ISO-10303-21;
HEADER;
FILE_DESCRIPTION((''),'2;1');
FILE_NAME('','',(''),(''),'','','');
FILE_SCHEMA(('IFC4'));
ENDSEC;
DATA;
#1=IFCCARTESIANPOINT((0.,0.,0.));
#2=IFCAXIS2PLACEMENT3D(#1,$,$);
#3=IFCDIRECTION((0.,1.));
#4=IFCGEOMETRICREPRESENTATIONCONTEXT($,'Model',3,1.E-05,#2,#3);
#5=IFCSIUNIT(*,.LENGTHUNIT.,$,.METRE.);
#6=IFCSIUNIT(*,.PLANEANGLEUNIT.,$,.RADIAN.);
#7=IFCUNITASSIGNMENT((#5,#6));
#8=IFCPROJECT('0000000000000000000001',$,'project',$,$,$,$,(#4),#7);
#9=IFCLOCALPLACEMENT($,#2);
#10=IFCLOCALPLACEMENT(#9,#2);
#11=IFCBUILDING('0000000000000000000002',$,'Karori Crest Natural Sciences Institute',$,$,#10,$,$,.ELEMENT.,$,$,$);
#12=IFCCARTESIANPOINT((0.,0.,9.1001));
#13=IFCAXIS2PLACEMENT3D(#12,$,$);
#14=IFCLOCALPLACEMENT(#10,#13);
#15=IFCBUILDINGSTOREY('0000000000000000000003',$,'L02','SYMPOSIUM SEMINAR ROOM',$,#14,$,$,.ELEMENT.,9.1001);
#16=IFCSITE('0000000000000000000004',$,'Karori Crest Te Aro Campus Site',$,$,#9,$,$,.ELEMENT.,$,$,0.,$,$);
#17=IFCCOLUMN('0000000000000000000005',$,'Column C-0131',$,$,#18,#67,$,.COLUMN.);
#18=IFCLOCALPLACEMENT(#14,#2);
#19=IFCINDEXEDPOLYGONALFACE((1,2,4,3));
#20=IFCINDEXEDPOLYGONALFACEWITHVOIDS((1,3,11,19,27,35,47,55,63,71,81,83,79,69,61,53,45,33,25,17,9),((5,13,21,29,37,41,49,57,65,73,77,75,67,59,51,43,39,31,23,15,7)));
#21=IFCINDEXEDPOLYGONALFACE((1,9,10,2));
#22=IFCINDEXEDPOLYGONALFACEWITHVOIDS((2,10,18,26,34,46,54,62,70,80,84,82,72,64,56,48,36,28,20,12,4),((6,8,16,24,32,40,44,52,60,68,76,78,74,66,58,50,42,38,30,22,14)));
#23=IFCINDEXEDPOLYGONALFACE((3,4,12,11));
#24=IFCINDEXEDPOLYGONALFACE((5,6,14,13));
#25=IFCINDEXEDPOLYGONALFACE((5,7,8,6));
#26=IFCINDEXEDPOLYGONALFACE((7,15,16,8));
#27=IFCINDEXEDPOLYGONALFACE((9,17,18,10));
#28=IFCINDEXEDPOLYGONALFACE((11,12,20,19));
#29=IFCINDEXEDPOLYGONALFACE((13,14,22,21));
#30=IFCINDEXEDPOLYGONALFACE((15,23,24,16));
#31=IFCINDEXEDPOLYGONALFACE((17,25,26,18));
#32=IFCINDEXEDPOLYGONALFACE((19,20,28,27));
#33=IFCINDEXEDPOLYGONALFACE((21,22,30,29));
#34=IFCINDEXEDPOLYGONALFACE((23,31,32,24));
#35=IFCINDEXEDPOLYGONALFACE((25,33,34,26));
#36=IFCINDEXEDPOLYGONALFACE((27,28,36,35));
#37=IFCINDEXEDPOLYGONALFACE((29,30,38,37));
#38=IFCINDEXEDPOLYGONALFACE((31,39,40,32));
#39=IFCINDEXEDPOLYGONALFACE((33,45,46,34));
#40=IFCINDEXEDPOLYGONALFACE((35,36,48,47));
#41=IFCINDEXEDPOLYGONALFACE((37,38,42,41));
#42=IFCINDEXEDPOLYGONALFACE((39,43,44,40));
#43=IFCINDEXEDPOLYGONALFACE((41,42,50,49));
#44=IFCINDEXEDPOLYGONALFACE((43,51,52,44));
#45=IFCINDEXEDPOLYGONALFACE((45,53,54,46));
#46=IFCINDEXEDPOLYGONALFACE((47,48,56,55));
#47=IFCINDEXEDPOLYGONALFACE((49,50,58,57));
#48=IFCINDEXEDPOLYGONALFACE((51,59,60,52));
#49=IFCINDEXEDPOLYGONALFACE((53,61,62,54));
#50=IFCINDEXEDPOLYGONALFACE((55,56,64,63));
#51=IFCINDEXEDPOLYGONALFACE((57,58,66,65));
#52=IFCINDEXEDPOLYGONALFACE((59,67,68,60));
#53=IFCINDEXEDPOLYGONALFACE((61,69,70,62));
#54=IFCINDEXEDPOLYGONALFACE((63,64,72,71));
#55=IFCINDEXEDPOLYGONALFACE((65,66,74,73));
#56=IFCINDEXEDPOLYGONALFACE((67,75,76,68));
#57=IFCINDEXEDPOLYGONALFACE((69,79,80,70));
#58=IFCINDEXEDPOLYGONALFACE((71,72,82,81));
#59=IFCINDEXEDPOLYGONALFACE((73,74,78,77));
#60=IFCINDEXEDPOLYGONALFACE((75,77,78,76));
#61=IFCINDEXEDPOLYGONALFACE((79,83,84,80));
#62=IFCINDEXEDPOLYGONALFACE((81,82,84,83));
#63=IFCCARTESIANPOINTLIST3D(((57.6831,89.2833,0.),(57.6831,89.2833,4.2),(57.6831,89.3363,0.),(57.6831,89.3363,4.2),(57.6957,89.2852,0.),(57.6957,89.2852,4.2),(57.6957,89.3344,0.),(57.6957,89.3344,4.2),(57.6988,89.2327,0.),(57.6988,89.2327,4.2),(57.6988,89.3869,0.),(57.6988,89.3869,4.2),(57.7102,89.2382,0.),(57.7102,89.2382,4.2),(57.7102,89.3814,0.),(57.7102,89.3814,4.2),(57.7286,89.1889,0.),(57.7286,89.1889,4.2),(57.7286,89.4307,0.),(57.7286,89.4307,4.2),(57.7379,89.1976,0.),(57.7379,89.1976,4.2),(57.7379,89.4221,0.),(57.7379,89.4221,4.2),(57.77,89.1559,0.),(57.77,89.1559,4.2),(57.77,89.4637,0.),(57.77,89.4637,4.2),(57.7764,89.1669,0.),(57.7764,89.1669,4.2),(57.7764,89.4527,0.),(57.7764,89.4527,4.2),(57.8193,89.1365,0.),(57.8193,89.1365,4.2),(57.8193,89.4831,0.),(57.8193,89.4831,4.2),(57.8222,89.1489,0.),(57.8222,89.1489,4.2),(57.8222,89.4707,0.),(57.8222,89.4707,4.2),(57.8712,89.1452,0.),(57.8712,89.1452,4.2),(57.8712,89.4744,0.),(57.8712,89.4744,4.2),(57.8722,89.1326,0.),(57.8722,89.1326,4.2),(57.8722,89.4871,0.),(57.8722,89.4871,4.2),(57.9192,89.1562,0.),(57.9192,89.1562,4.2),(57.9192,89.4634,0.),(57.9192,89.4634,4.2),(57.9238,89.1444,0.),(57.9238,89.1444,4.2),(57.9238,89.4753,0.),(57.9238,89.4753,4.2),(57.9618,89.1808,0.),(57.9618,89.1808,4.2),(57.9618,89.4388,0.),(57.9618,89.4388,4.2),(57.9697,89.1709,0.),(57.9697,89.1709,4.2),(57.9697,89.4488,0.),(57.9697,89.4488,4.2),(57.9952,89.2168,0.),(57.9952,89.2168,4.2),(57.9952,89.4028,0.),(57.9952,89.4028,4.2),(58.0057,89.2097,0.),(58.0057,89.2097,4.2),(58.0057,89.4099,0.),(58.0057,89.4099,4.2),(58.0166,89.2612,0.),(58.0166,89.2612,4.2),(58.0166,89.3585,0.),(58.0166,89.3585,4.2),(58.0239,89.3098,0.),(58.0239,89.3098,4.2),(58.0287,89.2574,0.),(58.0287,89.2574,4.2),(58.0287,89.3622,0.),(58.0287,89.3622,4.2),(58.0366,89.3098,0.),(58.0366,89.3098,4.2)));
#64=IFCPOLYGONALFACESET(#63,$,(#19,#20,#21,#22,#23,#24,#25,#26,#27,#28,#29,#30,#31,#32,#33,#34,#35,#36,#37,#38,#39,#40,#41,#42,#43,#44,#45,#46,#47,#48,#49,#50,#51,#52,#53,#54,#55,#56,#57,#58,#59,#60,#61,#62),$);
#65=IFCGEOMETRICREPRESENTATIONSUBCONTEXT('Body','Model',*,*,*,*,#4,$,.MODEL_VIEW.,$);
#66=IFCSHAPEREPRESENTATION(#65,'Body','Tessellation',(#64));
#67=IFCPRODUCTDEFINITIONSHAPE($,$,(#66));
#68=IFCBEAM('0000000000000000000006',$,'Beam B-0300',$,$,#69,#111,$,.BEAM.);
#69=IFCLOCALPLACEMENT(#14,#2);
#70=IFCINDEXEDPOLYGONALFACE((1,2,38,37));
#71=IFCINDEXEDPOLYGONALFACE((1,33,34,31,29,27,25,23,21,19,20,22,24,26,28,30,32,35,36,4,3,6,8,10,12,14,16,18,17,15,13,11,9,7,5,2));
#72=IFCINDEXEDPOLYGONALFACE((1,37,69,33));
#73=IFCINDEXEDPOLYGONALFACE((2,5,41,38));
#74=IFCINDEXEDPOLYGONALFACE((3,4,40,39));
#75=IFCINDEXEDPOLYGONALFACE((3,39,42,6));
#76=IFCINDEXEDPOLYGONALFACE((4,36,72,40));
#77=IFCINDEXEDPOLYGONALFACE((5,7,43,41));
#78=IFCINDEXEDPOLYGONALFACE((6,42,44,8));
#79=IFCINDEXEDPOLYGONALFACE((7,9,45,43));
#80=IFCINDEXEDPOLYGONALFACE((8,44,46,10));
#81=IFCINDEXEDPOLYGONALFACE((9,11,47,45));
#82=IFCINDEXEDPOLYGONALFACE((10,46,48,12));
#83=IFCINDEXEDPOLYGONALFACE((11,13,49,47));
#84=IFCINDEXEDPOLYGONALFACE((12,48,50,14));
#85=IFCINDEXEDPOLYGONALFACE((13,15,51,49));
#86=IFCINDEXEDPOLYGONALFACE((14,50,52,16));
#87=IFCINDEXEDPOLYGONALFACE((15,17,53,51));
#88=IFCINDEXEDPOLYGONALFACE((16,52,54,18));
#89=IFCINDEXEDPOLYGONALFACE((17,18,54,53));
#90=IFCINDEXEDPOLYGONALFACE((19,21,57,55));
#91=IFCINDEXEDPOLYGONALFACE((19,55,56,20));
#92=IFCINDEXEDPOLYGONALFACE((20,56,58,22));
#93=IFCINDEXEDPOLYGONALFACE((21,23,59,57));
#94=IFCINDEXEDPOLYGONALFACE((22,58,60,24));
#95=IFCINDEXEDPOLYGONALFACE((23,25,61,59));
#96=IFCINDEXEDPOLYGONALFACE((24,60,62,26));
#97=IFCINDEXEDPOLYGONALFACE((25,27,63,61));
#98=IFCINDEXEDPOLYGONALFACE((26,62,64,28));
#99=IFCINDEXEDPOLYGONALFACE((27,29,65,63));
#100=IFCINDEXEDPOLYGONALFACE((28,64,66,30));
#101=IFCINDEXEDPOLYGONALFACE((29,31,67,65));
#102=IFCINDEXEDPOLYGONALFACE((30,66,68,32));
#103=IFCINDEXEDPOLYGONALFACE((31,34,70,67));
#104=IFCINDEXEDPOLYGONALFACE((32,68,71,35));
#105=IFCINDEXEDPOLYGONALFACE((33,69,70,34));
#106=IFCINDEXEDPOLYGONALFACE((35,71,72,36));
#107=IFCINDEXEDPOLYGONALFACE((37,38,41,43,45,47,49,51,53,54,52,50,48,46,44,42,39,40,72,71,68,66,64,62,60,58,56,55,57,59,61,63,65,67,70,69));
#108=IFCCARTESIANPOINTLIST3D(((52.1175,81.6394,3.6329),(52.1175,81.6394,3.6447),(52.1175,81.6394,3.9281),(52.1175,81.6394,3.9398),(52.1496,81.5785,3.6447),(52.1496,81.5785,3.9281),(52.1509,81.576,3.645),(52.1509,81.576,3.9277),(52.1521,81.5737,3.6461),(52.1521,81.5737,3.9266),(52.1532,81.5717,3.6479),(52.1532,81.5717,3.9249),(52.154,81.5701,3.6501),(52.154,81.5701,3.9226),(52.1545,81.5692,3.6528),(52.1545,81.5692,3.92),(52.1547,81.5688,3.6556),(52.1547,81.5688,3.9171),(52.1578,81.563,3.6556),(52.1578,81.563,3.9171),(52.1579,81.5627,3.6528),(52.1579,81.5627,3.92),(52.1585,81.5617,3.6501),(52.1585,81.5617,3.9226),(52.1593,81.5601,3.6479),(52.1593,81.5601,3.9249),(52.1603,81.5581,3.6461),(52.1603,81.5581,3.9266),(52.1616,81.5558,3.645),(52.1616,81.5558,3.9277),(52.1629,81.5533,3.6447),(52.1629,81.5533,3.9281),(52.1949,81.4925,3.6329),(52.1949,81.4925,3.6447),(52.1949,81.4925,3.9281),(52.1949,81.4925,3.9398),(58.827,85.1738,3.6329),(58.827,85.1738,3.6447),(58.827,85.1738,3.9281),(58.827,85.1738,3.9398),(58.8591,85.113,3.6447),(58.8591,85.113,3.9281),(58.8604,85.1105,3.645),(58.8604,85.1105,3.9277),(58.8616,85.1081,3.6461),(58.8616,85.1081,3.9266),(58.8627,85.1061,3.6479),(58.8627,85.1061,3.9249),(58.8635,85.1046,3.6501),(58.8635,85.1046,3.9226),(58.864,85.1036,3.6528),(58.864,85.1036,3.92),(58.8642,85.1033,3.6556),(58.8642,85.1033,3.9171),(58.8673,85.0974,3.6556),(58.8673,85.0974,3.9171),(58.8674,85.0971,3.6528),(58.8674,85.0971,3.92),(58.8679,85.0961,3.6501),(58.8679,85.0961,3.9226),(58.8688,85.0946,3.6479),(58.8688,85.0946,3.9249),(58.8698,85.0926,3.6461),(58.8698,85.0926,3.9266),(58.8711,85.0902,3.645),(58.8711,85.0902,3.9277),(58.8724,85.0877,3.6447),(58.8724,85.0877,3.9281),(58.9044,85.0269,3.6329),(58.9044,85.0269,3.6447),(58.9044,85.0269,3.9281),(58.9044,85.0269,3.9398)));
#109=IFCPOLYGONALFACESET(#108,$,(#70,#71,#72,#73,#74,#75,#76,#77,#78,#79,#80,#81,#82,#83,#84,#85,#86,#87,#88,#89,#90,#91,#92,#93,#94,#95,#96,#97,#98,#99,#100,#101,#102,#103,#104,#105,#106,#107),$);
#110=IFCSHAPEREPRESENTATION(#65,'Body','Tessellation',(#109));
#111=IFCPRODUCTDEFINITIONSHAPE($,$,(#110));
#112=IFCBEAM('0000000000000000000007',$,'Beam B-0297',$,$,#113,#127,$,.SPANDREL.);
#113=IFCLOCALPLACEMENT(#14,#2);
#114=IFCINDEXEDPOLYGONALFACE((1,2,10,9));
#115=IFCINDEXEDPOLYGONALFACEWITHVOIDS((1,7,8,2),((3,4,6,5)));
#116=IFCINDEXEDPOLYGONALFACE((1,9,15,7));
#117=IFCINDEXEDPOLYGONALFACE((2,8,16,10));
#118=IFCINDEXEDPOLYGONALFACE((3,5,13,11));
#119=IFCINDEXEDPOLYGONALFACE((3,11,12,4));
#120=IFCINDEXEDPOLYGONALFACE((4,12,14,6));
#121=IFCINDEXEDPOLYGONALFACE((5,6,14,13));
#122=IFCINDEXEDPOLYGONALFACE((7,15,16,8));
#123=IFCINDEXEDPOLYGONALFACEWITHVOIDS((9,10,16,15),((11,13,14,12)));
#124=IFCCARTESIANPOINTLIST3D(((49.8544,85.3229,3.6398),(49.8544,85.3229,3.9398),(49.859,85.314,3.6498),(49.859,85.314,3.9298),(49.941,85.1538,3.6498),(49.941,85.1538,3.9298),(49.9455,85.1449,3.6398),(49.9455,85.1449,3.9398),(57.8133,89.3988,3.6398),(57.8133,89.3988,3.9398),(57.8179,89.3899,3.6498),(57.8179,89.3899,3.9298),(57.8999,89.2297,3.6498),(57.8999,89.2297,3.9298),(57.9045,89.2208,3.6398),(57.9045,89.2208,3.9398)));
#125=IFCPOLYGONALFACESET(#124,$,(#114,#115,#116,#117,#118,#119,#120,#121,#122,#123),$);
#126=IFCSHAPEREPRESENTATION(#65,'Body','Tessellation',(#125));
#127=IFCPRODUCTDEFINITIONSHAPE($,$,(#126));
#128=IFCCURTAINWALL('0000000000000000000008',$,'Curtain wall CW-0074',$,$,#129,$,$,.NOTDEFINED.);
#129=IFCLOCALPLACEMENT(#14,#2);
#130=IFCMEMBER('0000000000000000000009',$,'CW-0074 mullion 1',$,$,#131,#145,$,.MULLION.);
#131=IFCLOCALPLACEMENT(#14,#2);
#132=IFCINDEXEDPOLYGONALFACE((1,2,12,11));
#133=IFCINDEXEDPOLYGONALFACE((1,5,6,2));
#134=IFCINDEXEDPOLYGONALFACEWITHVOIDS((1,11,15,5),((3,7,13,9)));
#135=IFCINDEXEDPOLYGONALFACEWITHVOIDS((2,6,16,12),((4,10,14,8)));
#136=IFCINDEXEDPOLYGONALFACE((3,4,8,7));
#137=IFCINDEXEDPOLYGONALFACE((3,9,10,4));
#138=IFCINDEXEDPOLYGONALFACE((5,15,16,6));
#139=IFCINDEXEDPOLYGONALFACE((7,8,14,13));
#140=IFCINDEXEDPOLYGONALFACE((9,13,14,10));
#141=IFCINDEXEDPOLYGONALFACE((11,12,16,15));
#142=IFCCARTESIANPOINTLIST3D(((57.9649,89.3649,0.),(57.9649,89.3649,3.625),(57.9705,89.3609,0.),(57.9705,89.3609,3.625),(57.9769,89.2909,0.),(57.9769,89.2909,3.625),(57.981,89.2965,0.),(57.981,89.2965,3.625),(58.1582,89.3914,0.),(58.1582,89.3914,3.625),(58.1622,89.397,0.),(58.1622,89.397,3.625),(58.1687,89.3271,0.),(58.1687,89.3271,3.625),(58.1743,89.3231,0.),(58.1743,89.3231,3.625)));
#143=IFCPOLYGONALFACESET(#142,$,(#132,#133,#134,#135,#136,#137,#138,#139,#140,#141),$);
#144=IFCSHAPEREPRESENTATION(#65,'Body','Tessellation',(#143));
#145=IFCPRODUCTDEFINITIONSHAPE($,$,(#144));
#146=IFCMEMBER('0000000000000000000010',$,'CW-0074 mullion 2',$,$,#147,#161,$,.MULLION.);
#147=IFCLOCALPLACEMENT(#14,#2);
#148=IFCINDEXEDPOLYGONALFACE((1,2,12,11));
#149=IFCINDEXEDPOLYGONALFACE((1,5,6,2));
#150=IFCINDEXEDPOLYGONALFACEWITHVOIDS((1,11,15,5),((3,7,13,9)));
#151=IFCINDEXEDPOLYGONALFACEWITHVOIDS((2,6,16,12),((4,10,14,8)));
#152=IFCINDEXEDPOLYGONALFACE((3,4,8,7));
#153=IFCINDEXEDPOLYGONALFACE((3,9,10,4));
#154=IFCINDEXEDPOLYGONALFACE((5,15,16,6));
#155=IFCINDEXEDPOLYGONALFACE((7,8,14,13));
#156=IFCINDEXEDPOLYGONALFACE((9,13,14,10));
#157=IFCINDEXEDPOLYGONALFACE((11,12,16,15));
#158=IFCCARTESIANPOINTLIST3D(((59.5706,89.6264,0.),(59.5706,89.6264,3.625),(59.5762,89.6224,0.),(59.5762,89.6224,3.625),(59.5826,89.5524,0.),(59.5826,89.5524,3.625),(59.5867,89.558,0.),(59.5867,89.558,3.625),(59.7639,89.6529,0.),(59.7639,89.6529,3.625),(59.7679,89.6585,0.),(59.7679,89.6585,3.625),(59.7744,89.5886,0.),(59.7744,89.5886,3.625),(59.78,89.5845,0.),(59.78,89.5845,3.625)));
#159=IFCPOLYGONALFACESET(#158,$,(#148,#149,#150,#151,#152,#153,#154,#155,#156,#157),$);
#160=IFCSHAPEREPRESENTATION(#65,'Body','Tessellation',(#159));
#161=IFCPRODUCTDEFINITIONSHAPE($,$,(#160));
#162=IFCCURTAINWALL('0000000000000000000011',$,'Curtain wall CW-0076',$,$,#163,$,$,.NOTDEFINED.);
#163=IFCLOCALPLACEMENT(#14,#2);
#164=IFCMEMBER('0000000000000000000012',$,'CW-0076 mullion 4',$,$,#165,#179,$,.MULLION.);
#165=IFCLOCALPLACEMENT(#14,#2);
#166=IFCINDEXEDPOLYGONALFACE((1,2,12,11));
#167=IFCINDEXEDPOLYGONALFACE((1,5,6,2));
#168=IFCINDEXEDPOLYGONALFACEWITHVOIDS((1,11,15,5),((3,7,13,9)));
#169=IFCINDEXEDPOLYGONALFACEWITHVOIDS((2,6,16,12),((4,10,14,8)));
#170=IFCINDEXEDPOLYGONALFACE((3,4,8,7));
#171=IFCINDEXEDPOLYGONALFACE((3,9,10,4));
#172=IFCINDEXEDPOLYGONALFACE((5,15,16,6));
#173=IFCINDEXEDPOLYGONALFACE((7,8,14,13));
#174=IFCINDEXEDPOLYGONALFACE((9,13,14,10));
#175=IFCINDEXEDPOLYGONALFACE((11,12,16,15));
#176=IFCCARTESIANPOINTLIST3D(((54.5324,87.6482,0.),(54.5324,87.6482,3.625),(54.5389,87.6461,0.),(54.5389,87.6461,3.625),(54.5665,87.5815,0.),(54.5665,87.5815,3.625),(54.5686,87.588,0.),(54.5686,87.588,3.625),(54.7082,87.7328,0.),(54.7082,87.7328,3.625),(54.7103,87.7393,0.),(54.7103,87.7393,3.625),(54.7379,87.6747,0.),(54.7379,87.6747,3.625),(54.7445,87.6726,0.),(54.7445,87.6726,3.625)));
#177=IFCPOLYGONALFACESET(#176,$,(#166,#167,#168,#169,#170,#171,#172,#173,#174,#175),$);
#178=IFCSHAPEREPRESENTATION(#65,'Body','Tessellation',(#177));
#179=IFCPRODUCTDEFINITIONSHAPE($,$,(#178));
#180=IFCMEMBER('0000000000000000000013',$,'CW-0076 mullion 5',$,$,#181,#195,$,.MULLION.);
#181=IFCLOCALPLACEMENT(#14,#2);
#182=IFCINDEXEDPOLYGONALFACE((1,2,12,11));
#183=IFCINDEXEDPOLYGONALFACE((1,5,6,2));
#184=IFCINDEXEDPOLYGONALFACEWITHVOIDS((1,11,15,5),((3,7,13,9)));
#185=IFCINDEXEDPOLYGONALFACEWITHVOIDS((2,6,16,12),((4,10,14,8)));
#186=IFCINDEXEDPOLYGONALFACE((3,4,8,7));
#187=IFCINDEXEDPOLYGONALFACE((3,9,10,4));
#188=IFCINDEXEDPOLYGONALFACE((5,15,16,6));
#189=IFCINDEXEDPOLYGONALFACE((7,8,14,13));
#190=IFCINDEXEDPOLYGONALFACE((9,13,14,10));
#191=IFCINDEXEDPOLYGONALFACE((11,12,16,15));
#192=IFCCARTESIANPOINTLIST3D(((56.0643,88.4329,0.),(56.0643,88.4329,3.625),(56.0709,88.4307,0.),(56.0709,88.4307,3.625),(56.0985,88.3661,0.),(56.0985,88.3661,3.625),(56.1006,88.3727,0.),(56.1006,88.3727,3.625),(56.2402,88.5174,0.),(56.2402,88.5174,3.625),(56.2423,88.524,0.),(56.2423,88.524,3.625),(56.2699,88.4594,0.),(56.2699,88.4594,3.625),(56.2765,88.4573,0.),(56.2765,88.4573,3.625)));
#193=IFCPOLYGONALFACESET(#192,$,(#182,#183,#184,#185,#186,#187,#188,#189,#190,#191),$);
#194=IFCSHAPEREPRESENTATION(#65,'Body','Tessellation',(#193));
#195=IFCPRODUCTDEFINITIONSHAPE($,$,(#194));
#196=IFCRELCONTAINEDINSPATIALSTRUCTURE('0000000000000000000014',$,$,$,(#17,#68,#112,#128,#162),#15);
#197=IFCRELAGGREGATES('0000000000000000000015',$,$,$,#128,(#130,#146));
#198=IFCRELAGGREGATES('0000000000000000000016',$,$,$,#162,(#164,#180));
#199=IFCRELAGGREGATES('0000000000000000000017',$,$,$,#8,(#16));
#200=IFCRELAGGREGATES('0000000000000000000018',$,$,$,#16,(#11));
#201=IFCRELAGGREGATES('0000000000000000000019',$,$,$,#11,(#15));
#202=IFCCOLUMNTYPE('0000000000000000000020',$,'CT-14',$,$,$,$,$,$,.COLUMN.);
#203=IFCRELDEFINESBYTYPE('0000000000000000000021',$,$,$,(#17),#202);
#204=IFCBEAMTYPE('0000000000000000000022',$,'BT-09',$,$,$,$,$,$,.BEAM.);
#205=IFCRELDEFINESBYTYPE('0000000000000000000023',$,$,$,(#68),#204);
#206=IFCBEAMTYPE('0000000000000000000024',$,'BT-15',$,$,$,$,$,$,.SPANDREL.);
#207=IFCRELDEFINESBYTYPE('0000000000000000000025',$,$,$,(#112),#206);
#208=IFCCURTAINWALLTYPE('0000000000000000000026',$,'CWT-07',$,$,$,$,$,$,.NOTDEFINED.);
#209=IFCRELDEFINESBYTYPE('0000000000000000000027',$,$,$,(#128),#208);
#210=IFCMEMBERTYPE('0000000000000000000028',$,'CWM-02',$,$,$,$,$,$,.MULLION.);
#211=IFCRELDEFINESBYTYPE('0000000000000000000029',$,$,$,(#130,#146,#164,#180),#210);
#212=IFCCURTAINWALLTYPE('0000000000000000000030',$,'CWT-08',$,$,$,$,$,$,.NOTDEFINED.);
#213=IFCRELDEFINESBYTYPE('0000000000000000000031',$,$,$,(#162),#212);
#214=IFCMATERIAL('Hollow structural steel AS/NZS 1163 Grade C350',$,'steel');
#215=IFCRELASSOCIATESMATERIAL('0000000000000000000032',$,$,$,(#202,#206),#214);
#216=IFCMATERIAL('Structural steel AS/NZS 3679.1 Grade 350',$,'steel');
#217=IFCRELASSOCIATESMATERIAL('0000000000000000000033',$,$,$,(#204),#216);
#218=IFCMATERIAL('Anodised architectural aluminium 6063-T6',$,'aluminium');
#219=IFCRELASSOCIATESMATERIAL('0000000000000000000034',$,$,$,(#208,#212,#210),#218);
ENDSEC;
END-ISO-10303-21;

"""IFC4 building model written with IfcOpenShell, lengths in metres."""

from ifc_helpers import new_model, si_unit, direction, frame, origin, origin_2d, place, context, subcontext, project, spatial, hollow_rectangle, hollow_circle, i_section, extrude, material, material_profile, profile_set, type_object, element, aggregate, save


model = new_model("IFC4")

# Units and contexts
model_context = context("Model", 3, precision=1e-05, world=origin(), true_north=direction((0.0, 1.0)))
body_context = subcontext(model_context, "Body", "Model", "MODEL_VIEW")
ifc_project = project(units=[si_unit("LENGTHUNIT", "METRE"), si_unit("PLANEANGLEUNIT", "RADIAN")], contexts=[model_context])

# Site, building, storey
site_placement = place(None, origin())
site = spatial("IfcSite", under=ifc_project, at=site_placement, Name="Karori Crest Te Aro Campus Site", CompositionType="ELEMENT", RefElevation=0.0)
building_placement = place(site_placement, origin())
building = spatial("IfcBuilding", under=site, at=building_placement, Name="Karori Crest Natural Sciences Institute", CompositionType="ELEMENT")
storey_placement = place(building_placement, frame((0.0, 0.0, 9.1001)))
storey = spatial("IfcBuildingStorey", under=building, at=storey_placement, Name="L02", Description="SYMPOSIUM SEMINAR ROOM", CompositionType="ELEMENT", Elevation=9.1001)

# Column
ifc_material_1 = material(Name="Hollow structural steel AS/NZS 1163 Grade C350", Category="steel")
ifc_material_profile_1 = material_profile(ifc_material_1, hollow_circle(Radius=0.1777, WallThickness=0.0127, at=origin_2d()), Name="CHS355.6x12.7")
ifc_profile_set_1 = profile_set([ifc_material_profile_1], Name="Hollow structural steel AS/NZS 1163 Grade C350")
column_type = type_object("IfcColumnType", Name="CT-14", PredefinedType="COLUMN", material=ifc_profile_set_1)
column_placement = place(storey_placement, frame((57.8589, 89.3098, 0.0), z_axis=(0.0, 0.0, 1.0), x_axis=(1.0, 0.0, 0.0)))
element("IfcColumn", 1, at=column_placement, inside=storey, type_object=column_type, Name="Column C-0131", PredefinedType="COLUMN", context=body_context, shape_type="SweptSolid", body=[
    extrude(hollow_circle(Radius=0.1777, WallThickness=0.0127, at=origin_2d()), origin(), (0.0, 0.0, 1.0), 4.2),
])

# Beams
ifc_material_2 = material(Name="Structural steel AS/NZS 3679.1 Grade 350", Category="steel")
ifc_material_profile_2 = material_profile(ifc_material_2, i_section(OverallWidth=0.166, OverallDepth=0.3069, WebThickness=0.0066, FlangeThickness=0.0117, FilletRadius=0.011, at=origin_2d()), Name="310UB46.2")
ifc_profile_set_2 = profile_set([ifc_material_profile_2], Name="Structural steel AS/NZS 3679.1 Grade 350")
beam_type_1 = type_object("IfcBeamType", Name="BT-09", PredefinedType="BEAM", material=ifc_profile_set_2)
beam_1_placement = place(storey_placement, frame((58.8657, 85.1003, 3.7864), z_axis=(-0.884748, -0.466069, 0.0), x_axis=(0.466069, -0.884748, 0.0)))
element("IfcBeam", 2, at=beam_1_placement, inside=storey, type_object=beam_type_1, Name="Beam B-0300", PredefinedType="BEAM", context=body_context, shape_type="SweptSolid", body=[
    extrude(i_section(OverallWidth=0.166, OverallDepth=0.3069, WebThickness=0.0066, FlangeThickness=0.0117, FilletRadius=0.011, at=origin_2d()), origin(), (0.0, 0.0, 1.0), 7.5835),
])
ifc_material_profile_3 = material_profile(ifc_material_1, hollow_rectangle(XDim=0.2, YDim=0.3, WallThickness=0.01, at=origin_2d()), Name="RHS300x200x10")
ifc_profile_set_3 = profile_set([ifc_material_profile_3], Name="Hollow structural steel AS/NZS 1163 Grade C350")
beam_type_2 = type_object("IfcBeamType", Name="BT-15", PredefinedType="SPANDREL", material=ifc_profile_set_3)
beam_2_placement = place(storey_placement, frame((57.8589, 89.3098, 3.7898), z_axis=(-0.890072, -0.45582, 0.0), x_axis=(0.45582, -0.890072, 0.0)))
element("IfcBeam", 3, at=beam_2_placement, inside=storey, type_object=beam_type_2, Name="Beam B-0297", PredefinedType="SPANDREL", context=body_context, shape_type="SweptSolid", body=[
    extrude(hollow_rectangle(XDim=0.2, YDim=0.3, WallThickness=0.01, at=origin_2d()), origin(), (0.0, 0.0, 1.0), 8.9419),
])

# Curtain walls, members
ifc_material_3 = material(Name="Anodised architectural aluminium 6063-T6", Category="aluminium")
curtain_wall_type_1 = type_object("IfcCurtainWallType", Name="CWT-07", PredefinedType="NOTDEFINED", material=ifc_material_3)
curtain_wall_1_placement = place(storey_placement, origin())
curtain_wall_1 = element("IfcCurtainWall", 4, at=curtain_wall_1_placement, inside=storey, type_object=curtain_wall_type_1, Name="Curtain wall CW-0074", PredefinedType="NOTDEFINED")
ifc_material_profile_4 = material_profile(ifc_material_3, hollow_rectangle(XDim=0.075, YDim=0.2, WallThickness=0.0049, at=origin_2d()), Name="CWM200x75x5")
ifc_profile_set_4 = profile_set([ifc_material_profile_4], Name="Anodised architectural aluminium 6063-T6")
member_type_1 = type_object("IfcMemberType", Name="CWM-02", PredefinedType="MULLION", material=ifc_profile_set_4)
member_1_placement = place(storey_placement, frame((58.0696, 89.344, 0.0), z_axis=(0.0, 0.0, 1.0), x_axis=(-0.160657, 0.98701, 0.0)))
member_1 = element("IfcMember", 5, at=member_1_placement, type_object=member_type_1, Name="CW-0074 mullion 1", PredefinedType="MULLION", context=body_context, shape_type="SweptSolid", body=[
    extrude(hollow_rectangle(XDim=0.075, YDim=0.2, WallThickness=0.0049, at=origin_2d()), origin(), (0.0, 0.0, 1.0), 3.625),
])
member_2_placement = place(storey_placement, frame((59.6753, 89.6055, 0.0), z_axis=(0.0, 0.0, 1.0), x_axis=(-0.160657, 0.98701, 0.0)))
member_2 = element("IfcMember", 6, at=member_2_placement, type_object=member_type_1, Name="CW-0074 mullion 2", PredefinedType="MULLION", context=body_context, shape_type="SweptSolid", body=[
    extrude(hollow_rectangle(XDim=0.075, YDim=0.2, WallThickness=0.0049, at=origin_2d()), origin(), (0.0, 0.0, 1.0), 3.625),
])
curtain_wall_type_2 = type_object("IfcCurtainWallType", Name="CWT-08", PredefinedType="NOTDEFINED", material=ifc_material_3)
curtain_wall_2_placement = place(storey_placement, origin())
curtain_wall_2 = element("IfcCurtainWall", 7, at=curtain_wall_2_placement, inside=storey, type_object=curtain_wall_type_2, Name="Curtain wall CW-0076", PredefinedType="NOTDEFINED")
member_3_placement = place(storey_placement, frame((54.6384, 87.6604, 0.0), z_axis=(0.0, 0.0, 1.0), x_axis=(-0.455833, 0.890065, 0.0)))
member_3 = element("IfcMember", 8, at=member_3_placement, type_object=member_type_1, Name="CW-0076 mullion 4", PredefinedType="MULLION", context=body_context, shape_type="SweptSolid", body=[
    extrude(hollow_rectangle(XDim=0.075, YDim=0.2, WallThickness=0.0049, at=origin_2d()), origin(), (0.0, 0.0, 1.0), 3.625),
])
member_4_placement = place(storey_placement, frame((56.1704, 88.4451, 0.0), z_axis=(0.0, 0.0, 1.0), x_axis=(-0.455833, 0.890065, 0.0)))
member_4 = element("IfcMember", 9, at=member_4_placement, type_object=member_type_1, Name="CW-0076 mullion 5", PredefinedType="MULLION", context=body_context, shape_type="SweptSolid", body=[
    extrude(hollow_rectangle(XDim=0.075, YDim=0.2, WallThickness=0.0049, at=origin_2d()), origin(), (0.0, 0.0, 1.0), 3.625),
])

aggregate(curtain_wall_1, [member_1, member_2])
aggregate(curtain_wall_2, [member_3, member_4])

save(model, "model.ifc")
